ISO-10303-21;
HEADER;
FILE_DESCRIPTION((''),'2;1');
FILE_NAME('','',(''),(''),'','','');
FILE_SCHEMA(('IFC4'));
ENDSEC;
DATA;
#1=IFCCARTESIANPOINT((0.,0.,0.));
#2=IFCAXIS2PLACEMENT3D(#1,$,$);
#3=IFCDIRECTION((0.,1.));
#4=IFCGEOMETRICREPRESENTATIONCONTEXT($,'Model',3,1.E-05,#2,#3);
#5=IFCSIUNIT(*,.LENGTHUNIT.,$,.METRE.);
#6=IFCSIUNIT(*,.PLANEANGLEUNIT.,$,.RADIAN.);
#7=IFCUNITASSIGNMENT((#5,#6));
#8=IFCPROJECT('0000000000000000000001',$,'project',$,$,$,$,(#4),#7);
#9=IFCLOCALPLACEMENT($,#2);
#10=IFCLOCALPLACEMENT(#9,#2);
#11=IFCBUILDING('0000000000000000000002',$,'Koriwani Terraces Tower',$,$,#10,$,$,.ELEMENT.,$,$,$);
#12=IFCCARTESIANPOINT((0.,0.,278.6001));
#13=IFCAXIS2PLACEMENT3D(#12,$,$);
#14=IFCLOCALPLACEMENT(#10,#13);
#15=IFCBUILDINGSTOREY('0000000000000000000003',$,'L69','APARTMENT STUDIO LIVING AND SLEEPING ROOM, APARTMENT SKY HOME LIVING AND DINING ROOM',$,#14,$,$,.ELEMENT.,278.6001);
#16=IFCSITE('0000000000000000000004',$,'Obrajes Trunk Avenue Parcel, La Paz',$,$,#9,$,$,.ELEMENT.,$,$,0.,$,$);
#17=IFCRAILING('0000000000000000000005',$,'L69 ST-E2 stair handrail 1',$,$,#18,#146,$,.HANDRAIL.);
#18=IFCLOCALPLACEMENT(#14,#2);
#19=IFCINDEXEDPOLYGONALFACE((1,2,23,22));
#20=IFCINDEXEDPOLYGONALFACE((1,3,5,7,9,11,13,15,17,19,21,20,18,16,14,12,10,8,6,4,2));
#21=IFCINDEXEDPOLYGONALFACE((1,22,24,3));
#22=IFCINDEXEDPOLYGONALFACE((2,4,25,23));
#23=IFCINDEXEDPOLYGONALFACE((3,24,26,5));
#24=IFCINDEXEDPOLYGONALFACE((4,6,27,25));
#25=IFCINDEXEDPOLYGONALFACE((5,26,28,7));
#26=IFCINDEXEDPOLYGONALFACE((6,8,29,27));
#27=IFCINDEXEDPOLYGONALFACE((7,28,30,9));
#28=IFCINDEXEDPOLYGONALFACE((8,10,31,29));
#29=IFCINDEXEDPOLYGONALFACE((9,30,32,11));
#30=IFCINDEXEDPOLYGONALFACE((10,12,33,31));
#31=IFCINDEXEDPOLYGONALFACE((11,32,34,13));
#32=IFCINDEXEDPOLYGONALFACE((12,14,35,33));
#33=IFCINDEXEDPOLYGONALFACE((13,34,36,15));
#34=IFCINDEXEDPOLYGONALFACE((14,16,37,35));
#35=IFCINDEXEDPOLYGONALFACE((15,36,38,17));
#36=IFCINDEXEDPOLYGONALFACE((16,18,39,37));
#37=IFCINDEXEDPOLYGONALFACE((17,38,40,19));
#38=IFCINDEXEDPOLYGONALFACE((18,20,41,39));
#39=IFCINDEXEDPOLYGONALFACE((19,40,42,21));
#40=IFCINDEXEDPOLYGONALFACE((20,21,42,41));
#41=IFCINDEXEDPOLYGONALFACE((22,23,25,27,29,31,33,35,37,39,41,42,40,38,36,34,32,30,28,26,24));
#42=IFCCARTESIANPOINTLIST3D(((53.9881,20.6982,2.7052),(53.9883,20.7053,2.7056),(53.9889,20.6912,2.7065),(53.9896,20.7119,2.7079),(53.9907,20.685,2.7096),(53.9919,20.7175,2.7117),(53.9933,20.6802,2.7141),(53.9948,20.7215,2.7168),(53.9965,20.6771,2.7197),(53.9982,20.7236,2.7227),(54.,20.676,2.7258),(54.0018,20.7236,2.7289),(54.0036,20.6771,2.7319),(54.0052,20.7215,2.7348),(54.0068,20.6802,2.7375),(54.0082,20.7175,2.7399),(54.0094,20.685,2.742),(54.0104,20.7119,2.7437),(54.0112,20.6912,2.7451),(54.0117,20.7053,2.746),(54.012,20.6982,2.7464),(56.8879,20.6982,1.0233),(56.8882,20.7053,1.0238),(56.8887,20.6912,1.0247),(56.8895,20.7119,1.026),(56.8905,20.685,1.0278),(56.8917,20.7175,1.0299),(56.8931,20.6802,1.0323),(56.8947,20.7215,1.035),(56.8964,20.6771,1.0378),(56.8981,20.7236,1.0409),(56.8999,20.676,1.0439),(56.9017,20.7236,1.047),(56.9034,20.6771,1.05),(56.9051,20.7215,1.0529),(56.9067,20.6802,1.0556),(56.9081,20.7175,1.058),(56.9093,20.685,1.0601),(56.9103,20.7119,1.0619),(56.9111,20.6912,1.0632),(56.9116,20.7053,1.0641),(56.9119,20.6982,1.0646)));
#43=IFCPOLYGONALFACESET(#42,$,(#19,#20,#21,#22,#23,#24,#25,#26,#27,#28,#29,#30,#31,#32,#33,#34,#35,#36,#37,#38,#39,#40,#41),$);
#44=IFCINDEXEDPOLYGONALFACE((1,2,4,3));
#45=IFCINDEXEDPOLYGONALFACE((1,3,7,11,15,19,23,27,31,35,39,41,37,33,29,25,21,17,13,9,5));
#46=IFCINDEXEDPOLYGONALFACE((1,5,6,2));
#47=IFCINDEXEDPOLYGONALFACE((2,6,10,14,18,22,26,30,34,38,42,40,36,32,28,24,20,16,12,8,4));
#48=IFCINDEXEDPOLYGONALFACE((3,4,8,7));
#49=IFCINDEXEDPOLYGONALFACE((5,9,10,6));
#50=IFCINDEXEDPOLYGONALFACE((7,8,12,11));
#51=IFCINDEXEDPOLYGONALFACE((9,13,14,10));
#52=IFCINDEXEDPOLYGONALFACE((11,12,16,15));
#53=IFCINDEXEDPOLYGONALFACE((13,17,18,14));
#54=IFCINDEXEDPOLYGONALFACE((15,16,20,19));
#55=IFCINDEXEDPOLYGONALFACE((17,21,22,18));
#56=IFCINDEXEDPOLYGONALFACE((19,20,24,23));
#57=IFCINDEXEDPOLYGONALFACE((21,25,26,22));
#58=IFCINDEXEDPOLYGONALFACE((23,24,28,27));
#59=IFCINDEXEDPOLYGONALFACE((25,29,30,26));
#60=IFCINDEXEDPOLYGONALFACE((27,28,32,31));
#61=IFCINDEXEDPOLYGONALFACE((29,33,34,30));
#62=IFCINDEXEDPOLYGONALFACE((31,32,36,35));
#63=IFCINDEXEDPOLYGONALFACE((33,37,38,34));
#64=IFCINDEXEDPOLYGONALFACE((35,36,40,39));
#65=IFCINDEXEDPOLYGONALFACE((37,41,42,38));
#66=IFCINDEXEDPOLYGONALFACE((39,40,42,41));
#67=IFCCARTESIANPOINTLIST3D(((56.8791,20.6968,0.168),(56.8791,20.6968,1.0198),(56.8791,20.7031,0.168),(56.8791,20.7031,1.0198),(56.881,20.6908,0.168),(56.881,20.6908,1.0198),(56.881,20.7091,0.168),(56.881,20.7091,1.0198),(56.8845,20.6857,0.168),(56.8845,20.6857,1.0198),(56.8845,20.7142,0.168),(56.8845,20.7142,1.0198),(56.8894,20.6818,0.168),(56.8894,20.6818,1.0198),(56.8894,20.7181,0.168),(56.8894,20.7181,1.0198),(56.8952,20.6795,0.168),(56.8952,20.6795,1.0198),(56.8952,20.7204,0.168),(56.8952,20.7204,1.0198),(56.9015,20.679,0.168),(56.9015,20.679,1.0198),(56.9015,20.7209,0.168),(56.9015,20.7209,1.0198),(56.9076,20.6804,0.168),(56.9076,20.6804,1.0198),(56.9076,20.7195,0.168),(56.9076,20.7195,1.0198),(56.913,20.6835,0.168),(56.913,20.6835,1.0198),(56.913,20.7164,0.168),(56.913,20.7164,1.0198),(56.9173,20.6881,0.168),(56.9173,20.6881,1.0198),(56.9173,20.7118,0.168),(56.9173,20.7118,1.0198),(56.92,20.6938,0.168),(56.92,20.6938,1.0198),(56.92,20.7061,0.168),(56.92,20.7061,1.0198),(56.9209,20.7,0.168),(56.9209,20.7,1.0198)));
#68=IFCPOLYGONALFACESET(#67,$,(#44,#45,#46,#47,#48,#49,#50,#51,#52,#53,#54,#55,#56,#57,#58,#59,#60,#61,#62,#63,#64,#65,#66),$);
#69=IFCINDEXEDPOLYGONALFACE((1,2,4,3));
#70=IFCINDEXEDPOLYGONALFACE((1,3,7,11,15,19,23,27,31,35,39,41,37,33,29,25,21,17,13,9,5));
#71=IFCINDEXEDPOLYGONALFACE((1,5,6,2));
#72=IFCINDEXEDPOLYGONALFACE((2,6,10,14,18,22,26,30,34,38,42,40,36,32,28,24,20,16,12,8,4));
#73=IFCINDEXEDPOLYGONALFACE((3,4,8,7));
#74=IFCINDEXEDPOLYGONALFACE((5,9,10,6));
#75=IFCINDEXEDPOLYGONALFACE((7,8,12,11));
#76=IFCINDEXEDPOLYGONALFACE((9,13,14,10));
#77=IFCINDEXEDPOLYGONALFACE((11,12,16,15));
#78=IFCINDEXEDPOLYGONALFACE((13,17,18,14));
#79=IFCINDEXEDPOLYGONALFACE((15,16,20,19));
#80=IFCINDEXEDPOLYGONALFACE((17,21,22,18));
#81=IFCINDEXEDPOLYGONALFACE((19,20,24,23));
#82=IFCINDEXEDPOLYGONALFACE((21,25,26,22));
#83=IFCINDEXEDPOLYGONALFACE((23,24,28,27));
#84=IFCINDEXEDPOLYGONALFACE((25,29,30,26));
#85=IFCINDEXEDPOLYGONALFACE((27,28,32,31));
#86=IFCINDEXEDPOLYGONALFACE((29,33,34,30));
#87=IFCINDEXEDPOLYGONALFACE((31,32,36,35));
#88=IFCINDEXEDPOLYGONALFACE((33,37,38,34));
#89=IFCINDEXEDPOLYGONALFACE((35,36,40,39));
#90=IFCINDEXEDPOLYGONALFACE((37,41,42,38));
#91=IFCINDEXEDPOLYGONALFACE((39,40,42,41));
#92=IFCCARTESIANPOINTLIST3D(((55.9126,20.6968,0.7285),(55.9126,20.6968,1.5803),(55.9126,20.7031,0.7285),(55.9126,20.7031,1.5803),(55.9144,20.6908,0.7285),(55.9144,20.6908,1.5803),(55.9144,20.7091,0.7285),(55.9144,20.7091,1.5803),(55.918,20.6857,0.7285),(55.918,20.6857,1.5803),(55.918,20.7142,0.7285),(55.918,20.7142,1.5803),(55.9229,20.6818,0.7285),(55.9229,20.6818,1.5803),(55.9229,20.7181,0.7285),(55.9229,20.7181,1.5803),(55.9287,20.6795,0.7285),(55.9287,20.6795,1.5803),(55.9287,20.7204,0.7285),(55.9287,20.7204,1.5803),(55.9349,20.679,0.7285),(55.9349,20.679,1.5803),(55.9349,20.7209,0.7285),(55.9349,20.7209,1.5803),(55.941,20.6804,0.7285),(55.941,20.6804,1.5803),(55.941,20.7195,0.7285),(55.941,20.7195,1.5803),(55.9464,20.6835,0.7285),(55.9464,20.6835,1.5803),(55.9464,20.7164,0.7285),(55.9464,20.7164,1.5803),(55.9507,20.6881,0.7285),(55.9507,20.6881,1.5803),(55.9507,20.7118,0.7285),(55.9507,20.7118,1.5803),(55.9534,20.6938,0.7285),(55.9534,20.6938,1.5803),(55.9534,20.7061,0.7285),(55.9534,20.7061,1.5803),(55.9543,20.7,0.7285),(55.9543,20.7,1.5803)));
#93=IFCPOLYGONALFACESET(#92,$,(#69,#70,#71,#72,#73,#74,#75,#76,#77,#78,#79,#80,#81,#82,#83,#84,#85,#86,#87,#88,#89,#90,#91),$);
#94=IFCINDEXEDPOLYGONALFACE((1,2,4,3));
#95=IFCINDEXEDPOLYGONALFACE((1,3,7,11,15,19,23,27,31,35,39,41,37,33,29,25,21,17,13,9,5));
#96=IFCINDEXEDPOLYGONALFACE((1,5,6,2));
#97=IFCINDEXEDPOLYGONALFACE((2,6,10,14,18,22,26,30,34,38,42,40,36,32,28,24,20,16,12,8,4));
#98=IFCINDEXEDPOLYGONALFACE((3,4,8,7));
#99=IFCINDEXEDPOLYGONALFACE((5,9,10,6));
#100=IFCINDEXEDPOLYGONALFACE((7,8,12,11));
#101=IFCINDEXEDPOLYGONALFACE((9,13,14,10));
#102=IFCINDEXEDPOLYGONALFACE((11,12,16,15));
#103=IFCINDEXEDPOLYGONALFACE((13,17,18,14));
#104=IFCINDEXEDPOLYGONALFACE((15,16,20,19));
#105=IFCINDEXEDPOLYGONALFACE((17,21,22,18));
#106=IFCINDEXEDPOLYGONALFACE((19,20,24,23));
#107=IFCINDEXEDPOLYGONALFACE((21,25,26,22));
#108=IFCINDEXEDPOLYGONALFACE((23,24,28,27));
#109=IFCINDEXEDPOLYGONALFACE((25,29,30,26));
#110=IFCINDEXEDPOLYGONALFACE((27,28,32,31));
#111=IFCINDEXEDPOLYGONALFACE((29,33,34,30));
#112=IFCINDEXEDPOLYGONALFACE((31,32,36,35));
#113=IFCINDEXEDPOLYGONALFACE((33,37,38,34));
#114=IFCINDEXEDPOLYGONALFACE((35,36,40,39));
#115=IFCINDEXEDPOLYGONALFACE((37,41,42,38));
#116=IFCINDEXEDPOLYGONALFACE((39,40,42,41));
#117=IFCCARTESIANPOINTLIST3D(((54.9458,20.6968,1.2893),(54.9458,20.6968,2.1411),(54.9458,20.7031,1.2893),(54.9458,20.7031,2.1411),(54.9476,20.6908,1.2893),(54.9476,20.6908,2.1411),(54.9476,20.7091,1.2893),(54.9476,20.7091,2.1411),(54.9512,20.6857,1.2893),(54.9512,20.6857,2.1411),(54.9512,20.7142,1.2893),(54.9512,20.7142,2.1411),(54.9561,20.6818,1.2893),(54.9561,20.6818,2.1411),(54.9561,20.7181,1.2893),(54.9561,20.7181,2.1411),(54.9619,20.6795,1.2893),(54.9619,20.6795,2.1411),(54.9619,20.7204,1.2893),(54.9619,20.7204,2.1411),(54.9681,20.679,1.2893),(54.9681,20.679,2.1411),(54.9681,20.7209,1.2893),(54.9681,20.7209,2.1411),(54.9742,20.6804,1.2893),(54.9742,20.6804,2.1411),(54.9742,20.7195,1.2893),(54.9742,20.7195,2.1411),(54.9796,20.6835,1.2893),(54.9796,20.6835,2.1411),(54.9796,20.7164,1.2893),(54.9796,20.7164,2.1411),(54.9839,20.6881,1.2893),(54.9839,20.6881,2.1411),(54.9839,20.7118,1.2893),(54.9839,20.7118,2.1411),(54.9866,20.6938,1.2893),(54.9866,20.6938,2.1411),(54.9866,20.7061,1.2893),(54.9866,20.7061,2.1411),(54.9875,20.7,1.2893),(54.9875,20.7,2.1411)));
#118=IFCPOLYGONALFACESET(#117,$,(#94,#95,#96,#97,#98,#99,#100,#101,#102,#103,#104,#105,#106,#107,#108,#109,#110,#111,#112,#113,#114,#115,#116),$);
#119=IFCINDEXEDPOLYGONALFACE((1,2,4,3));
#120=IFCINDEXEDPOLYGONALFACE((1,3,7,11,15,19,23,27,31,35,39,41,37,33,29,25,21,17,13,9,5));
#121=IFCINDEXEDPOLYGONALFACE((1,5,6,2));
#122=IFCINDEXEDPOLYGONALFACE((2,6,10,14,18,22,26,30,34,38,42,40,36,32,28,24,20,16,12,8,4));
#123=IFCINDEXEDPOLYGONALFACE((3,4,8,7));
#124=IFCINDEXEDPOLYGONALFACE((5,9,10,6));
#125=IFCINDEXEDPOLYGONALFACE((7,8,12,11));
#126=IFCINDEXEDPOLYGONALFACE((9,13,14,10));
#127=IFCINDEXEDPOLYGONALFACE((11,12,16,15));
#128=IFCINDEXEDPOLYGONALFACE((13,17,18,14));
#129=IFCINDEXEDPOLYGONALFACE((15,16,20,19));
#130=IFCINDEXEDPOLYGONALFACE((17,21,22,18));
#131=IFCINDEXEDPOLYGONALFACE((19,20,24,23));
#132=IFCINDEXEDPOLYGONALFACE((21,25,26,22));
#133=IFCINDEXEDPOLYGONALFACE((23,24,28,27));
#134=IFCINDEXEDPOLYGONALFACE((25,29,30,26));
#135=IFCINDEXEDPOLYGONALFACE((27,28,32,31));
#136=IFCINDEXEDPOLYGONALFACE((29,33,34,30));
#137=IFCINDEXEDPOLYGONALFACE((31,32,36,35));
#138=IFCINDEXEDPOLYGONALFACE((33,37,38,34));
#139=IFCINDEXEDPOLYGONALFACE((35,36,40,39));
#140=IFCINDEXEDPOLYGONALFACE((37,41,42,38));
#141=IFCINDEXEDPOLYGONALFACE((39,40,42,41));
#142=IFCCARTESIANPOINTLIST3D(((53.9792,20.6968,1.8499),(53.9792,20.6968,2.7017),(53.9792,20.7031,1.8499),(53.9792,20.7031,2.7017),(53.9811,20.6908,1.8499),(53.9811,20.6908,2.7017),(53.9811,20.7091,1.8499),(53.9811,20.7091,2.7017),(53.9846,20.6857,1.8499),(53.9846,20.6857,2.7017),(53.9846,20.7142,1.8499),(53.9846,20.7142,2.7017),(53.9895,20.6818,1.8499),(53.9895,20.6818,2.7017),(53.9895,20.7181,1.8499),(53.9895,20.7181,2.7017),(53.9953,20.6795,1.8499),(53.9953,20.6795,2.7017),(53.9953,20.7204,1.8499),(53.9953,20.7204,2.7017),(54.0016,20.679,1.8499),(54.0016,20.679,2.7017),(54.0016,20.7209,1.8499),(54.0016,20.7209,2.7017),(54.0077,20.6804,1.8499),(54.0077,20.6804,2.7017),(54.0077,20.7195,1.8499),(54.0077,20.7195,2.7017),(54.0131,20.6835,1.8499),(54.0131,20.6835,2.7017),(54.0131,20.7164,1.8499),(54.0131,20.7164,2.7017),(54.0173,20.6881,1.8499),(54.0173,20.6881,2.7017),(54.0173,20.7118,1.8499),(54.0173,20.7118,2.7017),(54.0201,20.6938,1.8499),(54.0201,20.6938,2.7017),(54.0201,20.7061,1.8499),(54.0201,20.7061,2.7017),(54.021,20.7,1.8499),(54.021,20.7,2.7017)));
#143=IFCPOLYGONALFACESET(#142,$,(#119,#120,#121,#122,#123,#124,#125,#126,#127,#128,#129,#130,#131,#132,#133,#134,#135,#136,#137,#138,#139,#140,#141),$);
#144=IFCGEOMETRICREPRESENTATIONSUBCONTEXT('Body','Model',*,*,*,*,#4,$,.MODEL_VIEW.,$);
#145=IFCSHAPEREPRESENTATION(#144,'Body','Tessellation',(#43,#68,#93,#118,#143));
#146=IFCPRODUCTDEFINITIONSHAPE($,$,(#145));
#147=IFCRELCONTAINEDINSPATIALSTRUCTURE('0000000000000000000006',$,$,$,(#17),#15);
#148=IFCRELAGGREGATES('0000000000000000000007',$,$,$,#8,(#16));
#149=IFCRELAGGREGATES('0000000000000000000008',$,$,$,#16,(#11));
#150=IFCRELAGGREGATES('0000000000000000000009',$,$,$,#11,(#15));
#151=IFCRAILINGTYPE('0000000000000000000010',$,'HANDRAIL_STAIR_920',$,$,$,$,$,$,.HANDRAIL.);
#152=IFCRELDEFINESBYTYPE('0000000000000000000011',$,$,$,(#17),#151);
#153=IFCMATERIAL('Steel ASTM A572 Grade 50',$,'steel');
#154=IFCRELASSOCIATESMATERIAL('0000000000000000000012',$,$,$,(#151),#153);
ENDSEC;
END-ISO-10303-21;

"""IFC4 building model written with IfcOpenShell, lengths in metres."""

from ifc_helpers import new_model, si_unit, direction, frame, origin, origin_2d, place, context, subcontext, project, spatial, circle, extrude, material, type_object, element, save


model = new_model("IFC4")

# Units and contexts
model_context = context("Model", 3, precision=1e-05, world=origin(), true_north=direction((0.0, 1.0)))
body_context = subcontext(model_context, "Body", "Model", "MODEL_VIEW")
ifc_project = project(units=[si_unit("LENGTHUNIT", "METRE"), si_unit("PLANEANGLEUNIT", "RADIAN")], contexts=[model_context])

# Site, building, storey
site_placement = place(None, origin())
site = spatial("IfcSite", under=ifc_project, at=site_placement, Name="Obrajes Trunk Avenue Parcel, La Paz", CompositionType="ELEMENT", RefElevation=0.0)
building_placement = place(site_placement, origin())
building = spatial("IfcBuilding", under=site, at=building_placement, Name="Koriwani Terraces Tower", CompositionType="ELEMENT")
storey_placement = place(building_placement, frame((0.0, 0.0, 278.6001)))
storey = spatial("IfcBuildingStorey", under=building, at=storey_placement, Name="L69", Description="APARTMENT STUDIO LIVING AND SLEEPING ROOM, APARTMENT SKY HOME LIVING AND DINING ROOM", CompositionType="ELEMENT", Elevation=278.6001)

# Shared definitions
ifc_material_1 = material(Name="Steel ASTM A572 Grade 50", Category="steel")

# Railing
railing_type_1 = type_object("IfcRailingType", Name="HANDRAIL_STAIR_920", PredefinedType="HANDRAIL", material=ifc_material_1)
railing_1_placement = place(storey_placement, frame((56.8999, 20.7, 0.168)))
element("IfcRailing", 1, at=railing_1_placement, inside=storey, type_object=railing_type_1, Name="L69 ST-E2 stair handrail 1", PredefinedType="HANDRAIL", context=body_context, shape_type="SweptSolid", body=[
    extrude(circle(Radius=0.0239, at=origin_2d()), frame((0.0, 0.0, 0.876), z_axis=(-0.865039, 0.0, 0.501705), x_axis=(0.0, -1.0, 0.0)), (0.0, 0.0, 1.0), 3.3523),
    extrude(circle(Radius=0.021, at=origin_2d()), origin(), (0.0, 0.0, 1.0), 0.8518),
    extrude(circle(Radius=0.021, at=origin_2d()), frame((-0.9666, 0.0, 0.5605)), (0.0, 0.0, 1.0), 0.8518),
    extrude(circle(Radius=0.021, at=origin_2d()), frame((-1.9333, 0.0, 1.1213)), (0.0, 0.0, 1.0), 0.8518),
    extrude(circle(Radius=0.021, at=origin_2d()), frame((-2.8999, 0.0, 1.6819)), (0.0, 0.0, 1.0), 0.8518),
])

save(model, "model.ifc")
